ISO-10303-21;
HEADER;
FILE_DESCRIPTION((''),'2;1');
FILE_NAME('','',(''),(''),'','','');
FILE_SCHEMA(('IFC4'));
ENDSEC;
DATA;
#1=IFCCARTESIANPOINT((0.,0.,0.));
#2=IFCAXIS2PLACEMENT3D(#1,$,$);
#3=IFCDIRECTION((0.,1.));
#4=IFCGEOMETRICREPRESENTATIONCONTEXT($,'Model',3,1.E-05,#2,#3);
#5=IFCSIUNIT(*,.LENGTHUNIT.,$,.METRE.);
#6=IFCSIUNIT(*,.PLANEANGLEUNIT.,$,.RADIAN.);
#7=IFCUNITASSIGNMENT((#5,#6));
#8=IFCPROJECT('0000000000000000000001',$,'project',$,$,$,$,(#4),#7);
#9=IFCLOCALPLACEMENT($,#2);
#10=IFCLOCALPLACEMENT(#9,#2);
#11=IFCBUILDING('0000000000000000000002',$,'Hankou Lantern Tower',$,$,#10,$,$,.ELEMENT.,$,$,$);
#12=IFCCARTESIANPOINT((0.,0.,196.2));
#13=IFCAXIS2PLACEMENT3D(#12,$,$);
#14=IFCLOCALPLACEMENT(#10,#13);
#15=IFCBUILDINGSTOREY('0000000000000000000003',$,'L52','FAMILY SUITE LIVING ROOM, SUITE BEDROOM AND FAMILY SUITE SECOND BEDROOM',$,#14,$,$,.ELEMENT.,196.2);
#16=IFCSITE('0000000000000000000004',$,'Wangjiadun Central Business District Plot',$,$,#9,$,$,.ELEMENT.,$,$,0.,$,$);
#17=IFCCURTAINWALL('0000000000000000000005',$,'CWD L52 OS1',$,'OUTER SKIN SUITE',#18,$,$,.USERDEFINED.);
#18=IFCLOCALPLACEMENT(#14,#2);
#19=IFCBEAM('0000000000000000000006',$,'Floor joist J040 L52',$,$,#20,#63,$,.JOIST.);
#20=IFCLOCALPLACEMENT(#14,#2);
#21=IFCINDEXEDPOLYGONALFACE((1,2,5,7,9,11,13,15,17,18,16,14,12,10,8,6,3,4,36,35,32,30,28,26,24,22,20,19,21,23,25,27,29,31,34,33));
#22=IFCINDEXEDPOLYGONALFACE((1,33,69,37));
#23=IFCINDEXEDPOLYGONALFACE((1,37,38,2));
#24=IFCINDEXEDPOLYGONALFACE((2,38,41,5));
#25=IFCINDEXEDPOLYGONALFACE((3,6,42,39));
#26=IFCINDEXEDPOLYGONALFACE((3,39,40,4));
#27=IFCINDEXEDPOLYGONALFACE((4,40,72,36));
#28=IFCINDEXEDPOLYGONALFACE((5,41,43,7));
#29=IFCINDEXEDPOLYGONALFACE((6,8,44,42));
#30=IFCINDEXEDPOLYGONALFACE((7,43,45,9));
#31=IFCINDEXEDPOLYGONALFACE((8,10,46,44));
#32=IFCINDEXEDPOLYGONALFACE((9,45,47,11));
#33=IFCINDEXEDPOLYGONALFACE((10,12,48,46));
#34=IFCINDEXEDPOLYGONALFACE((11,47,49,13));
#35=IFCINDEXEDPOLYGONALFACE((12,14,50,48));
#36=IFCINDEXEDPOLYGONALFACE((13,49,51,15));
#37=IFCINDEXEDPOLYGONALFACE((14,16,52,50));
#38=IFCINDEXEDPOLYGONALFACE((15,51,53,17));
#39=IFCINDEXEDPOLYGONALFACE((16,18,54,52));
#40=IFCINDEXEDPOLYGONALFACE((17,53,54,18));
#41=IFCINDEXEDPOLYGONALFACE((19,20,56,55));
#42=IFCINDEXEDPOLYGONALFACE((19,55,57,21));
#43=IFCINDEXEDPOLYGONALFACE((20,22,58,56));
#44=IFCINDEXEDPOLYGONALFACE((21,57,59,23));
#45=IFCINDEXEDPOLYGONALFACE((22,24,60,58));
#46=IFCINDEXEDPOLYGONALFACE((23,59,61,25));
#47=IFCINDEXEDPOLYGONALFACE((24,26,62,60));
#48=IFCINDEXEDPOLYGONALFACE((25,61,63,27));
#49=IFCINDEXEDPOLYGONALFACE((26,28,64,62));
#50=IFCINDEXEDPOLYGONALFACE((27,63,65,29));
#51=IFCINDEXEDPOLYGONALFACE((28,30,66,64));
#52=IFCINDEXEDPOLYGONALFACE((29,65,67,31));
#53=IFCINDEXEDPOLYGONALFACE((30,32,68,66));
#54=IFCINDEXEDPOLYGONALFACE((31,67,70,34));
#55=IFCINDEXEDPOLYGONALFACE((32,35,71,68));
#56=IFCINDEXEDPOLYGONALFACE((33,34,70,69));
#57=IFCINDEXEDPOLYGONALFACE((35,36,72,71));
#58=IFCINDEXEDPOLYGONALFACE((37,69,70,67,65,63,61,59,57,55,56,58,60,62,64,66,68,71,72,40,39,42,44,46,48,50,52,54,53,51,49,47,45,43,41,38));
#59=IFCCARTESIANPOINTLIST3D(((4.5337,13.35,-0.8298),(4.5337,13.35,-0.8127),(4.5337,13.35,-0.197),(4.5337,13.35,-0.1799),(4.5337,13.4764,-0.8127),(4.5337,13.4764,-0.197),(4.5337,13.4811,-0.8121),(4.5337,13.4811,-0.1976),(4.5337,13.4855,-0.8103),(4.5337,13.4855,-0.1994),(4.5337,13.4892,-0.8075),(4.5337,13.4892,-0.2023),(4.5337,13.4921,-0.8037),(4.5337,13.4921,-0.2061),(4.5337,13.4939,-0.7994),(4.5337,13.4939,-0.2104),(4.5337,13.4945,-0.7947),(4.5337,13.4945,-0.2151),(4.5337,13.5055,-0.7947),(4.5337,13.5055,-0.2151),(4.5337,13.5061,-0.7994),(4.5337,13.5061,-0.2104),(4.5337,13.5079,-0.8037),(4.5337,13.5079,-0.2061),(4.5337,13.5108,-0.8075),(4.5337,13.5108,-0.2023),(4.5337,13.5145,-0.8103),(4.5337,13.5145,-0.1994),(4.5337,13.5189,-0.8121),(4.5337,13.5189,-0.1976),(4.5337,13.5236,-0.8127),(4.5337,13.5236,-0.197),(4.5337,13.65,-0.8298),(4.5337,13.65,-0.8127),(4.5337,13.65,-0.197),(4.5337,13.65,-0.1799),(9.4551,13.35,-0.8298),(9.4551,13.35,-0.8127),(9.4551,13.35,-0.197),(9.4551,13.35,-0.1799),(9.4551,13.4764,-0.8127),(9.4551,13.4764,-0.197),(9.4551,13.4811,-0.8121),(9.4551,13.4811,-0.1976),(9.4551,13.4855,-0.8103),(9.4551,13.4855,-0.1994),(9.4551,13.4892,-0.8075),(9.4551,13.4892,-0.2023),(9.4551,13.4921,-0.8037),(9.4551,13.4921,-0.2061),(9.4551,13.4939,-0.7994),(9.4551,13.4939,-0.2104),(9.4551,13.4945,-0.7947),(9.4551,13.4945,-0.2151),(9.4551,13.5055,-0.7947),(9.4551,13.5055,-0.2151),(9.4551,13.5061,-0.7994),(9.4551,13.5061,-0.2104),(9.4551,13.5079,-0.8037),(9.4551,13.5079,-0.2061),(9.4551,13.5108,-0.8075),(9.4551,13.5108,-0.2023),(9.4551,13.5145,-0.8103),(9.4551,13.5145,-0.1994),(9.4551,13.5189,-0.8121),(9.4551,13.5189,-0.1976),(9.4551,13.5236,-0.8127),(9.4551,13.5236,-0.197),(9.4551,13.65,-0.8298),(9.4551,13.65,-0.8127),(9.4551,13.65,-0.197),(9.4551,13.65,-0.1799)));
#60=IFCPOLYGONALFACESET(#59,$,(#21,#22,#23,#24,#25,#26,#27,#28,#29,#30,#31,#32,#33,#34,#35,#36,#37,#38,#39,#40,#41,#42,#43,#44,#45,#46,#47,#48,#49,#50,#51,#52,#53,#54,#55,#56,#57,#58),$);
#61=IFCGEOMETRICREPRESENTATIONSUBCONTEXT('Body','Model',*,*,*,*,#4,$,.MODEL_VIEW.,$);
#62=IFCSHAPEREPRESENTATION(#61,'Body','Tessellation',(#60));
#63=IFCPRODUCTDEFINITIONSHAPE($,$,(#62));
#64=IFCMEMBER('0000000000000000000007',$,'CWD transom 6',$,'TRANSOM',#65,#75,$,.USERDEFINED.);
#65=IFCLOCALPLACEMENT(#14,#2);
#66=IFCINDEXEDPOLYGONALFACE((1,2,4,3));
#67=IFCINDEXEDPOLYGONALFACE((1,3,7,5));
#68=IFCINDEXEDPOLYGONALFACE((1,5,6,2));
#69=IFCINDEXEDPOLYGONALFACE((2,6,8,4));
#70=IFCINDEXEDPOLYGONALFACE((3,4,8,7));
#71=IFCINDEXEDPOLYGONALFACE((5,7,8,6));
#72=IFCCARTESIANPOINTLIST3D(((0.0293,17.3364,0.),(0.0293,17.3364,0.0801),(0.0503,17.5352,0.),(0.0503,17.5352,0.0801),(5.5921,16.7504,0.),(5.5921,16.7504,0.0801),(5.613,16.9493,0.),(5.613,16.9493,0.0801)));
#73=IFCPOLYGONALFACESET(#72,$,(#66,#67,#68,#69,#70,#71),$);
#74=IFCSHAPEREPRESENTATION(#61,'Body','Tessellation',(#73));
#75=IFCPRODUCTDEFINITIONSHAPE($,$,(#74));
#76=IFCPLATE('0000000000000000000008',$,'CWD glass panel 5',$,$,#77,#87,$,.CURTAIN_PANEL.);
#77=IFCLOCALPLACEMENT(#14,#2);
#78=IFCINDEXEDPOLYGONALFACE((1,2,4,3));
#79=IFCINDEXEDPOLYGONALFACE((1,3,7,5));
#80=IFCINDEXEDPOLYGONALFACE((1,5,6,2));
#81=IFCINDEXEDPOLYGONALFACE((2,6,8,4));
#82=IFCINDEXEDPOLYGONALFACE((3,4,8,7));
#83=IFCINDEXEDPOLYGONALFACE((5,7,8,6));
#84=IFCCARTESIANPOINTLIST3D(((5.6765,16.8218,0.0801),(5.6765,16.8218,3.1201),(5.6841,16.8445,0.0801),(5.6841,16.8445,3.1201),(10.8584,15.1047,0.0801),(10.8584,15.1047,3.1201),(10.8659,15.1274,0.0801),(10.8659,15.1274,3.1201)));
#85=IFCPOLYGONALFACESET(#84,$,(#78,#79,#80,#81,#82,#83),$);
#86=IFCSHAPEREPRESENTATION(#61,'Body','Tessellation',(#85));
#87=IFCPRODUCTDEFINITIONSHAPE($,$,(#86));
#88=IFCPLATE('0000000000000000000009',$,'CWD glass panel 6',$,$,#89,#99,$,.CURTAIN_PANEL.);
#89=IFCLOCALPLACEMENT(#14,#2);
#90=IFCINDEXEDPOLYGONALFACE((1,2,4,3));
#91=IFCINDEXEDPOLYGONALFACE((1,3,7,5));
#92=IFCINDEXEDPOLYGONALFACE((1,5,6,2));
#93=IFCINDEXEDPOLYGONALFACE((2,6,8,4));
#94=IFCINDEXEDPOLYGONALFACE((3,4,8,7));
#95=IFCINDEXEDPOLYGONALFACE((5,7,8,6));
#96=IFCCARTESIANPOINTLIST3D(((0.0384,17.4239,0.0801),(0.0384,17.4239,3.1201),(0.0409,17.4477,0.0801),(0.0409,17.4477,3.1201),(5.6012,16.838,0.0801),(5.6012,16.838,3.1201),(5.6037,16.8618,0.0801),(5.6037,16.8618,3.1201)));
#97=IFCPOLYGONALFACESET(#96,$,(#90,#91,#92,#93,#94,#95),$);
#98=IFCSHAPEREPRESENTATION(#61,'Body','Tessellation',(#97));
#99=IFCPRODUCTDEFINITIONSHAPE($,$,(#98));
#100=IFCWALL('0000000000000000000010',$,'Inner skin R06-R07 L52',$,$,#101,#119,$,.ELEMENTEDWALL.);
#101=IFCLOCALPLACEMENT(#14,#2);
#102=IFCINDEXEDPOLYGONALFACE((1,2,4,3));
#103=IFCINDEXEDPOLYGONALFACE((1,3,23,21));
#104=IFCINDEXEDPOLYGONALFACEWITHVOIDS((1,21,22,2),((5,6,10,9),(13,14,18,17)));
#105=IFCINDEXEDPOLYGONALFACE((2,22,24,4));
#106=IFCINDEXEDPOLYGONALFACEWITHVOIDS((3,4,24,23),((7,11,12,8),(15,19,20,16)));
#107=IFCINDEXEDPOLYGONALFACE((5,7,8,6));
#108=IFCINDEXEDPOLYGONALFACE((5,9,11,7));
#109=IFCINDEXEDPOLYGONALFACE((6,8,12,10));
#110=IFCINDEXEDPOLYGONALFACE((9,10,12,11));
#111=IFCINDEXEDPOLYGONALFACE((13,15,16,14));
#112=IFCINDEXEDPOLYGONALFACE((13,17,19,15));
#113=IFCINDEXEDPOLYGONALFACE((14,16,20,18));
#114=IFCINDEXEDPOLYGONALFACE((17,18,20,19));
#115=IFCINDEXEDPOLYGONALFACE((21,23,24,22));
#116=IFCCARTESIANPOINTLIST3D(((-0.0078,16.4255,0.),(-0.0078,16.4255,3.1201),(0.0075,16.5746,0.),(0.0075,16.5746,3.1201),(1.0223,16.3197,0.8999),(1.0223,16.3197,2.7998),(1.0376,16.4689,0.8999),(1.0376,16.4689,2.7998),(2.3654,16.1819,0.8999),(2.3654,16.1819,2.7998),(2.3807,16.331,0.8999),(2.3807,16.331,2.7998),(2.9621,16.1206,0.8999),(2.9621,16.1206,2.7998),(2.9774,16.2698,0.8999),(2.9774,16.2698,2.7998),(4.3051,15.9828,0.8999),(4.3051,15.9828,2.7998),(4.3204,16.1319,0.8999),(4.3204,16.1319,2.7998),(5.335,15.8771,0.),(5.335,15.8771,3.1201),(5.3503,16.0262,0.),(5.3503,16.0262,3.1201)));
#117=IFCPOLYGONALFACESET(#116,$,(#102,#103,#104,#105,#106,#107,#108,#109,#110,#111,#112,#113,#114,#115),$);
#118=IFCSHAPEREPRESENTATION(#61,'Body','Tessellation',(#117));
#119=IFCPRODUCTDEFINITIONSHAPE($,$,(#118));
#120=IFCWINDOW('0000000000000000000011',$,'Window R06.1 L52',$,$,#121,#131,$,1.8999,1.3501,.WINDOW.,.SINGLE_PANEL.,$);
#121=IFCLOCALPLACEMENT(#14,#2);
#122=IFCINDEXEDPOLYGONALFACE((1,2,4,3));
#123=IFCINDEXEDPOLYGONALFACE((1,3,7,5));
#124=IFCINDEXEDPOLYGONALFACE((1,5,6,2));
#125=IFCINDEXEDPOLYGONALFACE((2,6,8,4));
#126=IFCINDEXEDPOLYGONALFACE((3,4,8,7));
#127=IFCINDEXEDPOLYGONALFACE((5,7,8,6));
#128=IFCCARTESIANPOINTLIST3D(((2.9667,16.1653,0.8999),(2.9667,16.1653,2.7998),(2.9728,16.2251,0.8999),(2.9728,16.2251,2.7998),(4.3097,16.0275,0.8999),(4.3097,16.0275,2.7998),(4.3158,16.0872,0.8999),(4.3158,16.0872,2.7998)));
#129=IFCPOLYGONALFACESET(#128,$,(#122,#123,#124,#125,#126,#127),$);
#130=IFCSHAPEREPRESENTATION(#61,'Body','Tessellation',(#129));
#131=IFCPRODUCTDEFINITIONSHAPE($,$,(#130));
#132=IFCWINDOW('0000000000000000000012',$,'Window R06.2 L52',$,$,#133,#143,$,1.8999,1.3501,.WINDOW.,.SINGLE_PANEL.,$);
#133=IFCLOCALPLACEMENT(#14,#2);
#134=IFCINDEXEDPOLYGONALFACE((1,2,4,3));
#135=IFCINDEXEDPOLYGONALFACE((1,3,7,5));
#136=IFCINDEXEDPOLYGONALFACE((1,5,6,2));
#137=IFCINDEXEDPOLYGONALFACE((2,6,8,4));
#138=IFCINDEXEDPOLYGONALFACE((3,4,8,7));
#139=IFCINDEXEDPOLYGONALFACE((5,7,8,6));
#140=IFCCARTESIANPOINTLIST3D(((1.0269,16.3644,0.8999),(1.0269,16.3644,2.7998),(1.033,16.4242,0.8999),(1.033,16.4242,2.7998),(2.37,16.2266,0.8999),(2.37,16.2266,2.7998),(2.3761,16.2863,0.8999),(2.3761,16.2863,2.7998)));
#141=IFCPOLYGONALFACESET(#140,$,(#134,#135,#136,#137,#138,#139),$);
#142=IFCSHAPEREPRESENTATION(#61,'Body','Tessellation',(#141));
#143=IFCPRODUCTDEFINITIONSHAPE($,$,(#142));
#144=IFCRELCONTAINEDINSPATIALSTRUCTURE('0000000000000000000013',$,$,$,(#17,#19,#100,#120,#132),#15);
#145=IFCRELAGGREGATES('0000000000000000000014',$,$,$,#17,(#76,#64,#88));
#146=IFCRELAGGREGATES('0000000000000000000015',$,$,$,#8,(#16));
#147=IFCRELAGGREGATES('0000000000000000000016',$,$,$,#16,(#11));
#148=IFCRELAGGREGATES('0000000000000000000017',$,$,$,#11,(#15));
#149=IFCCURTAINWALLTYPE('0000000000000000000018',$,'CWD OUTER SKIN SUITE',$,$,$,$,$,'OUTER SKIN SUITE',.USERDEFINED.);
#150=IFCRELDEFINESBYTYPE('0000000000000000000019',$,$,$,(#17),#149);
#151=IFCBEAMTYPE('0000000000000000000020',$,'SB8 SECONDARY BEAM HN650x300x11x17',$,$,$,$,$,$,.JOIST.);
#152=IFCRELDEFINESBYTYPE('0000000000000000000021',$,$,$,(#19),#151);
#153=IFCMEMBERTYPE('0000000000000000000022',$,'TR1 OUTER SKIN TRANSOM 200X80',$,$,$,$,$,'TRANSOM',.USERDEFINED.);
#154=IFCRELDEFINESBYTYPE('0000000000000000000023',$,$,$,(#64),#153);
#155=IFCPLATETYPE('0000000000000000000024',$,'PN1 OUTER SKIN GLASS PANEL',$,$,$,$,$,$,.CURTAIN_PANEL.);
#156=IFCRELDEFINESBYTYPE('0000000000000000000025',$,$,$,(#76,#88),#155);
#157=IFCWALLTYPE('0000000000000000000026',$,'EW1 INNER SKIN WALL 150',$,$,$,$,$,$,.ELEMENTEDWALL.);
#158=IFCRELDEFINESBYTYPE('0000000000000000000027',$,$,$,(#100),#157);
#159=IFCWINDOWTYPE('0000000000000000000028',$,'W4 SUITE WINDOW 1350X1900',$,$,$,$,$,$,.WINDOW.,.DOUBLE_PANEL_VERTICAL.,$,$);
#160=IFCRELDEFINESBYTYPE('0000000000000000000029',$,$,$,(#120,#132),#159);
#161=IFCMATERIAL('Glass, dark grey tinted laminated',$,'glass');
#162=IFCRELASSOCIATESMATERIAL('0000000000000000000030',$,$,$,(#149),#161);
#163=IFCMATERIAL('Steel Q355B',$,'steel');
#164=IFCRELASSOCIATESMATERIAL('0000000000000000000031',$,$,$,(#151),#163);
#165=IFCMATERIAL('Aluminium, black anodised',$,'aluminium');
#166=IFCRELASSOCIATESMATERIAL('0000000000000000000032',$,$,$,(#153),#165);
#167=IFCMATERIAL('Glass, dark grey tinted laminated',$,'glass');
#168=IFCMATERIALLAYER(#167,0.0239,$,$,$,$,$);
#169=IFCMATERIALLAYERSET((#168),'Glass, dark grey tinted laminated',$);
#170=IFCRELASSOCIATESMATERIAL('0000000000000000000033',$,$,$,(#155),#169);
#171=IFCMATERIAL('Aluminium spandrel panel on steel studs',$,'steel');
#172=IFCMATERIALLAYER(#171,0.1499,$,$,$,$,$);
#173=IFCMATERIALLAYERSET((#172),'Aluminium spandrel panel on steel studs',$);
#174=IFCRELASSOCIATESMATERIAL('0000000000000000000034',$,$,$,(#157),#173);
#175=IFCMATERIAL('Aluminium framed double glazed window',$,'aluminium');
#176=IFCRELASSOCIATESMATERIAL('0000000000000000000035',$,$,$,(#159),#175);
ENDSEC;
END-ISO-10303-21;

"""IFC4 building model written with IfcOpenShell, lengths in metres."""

from ifc_helpers import new_model, si_unit, direction, frame, frame_2d, origin, origin_2d, place, context, subcontext, project, spatial, rectangle, i_section, extrude, material, layer, layer_set, material_profile, profile_set, type_object, element, fill, aggregate, save


model = new_model("IFC4")

# Units and contexts
model_context = context("Model", 3, precision=1e-05, world=origin(), true_north=direction((0.0, 1.0)))
body_context = subcontext(model_context, "Body", "Model", "MODEL_VIEW")
ifc_project = project(units=[si_unit("LENGTHUNIT", "METRE"), si_unit("PLANEANGLEUNIT", "RADIAN")], contexts=[model_context])

# Site, building, storey
site_placement = place(None, origin())
site = spatial("IfcSite", under=ifc_project, at=site_placement, Name="Wangjiadun Central Business District Plot", CompositionType="ELEMENT", RefElevation=0.0)
building_placement = place(site_placement, origin())
building = spatial("IfcBuilding", under=site, at=building_placement, Name="Hankou Lantern Tower", CompositionType="ELEMENT")
storey_placement = place(building_placement, frame((0.0, 0.0, 196.2)))
storey = spatial("IfcBuildingStorey", under=building, at=storey_placement, Name="L52", Description="FAMILY SUITE LIVING ROOM, SUITE BEDROOM AND FAMILY SUITE SECOND BEDROOM", CompositionType="ELEMENT", Elevation=196.2)

# Curtain wall
ifc_material_1 = material(Name="Glass, dark grey tinted laminated", Category="glass")
curtain_wall_type = type_object("IfcCurtainWallType", Name="CWD OUTER SKIN SUITE", ElementType="OUTER SKIN SUITE", PredefinedType="USERDEFINED", material=ifc_material_1)
curtain_wall_1_placement = place(storey_placement, origin())
curtain_wall_1 = element("IfcCurtainWall", 1, at=curtain_wall_1_placement, inside=storey, type_object=curtain_wall_type, Name="CWD L52 OS1", ObjectType="OUTER SKIN SUITE", PredefinedType="USERDEFINED")

# Beam
ifc_material_2 = material(Name="Steel Q355B", Category="steel")
ifc_material_profile_1 = material_profile(ifc_material_2, i_section(OverallWidth=0.3, OverallDepth=0.6499, WebThickness=0.011, FlangeThickness=0.0171, FilletRadius=0.0181, at=origin_2d()), Name="HN650x300x11x17")
ifc_profile_set_1 = profile_set([ifc_material_profile_1], Name="Steel Q355B")
beam_type_1 = type_object("IfcBeamType", Name="SB8 SECONDARY BEAM HN650x300x11x17", PredefinedType="JOIST", material=ifc_profile_set_1)
beam_1_placement = place(storey_placement, frame((4.5337, 13.5, -0.5049), z_axis=(1.0, 0.0, 0.0), x_axis=(0.0, 1.0, 0.0)))
element("IfcBeam", 2, at=beam_1_placement, inside=storey, type_object=beam_type_1, Name="Floor joist J040 L52", PredefinedType="JOIST", context=body_context, shape_type="SweptSolid", body=[
    extrude(i_section(OverallWidth=0.3, OverallDepth=0.6499, WebThickness=0.011, FlangeThickness=0.0171, FilletRadius=0.0181, at=origin_2d()), origin(), (0.0, 0.0, 1.0), 4.9214),
])

# Member
ifc_material_3 = material(Name="Aluminium, black anodised", Category="aluminium")
ifc_material_profile_2 = material_profile(ifc_material_3, rectangle(XDim=0.2, YDim=0.0801, at=origin_2d()), Name="TR1 200X80")
ifc_profile_set_2 = profile_set([ifc_material_profile_2], Name="Aluminium, black anodised")
member_type_1 = type_object("IfcMemberType", Name="TR1 OUTER SKIN TRANSOM 200X80", ElementType="TRANSOM", PredefinedType="USERDEFINED", material=ifc_profile_set_2)
member_1_placement = place(storey_placement, frame((5.6025, 16.8499, 0.04), z_axis=(-0.994498, 0.104753, 0.0), x_axis=(-0.104753, -0.994498, 0.0)))
member_1 = element("IfcMember", 3, at=member_1_placement, type_object=member_type_1, Name="CWD transom 6", ObjectType="TRANSOM", PredefinedType="USERDEFINED", context=body_context, shape_type="SweptSolid", body=[
    extrude(rectangle(XDim=0.2, YDim=0.0801, at=origin_2d()), origin(), (0.0, 0.0, 1.0), 5.5935),
])

# Plates
ifc_material_4 = material(Name="Glass, dark grey tinted laminated", Category="glass")
ifc_layer_1 = layer(ifc_material_4, 0.0239)
ifc_layer_set_1 = layer_set([ifc_layer_1], Name="Glass, dark grey tinted laminated")
plate_type = type_object("IfcPlateType", Name="PN1 OUTER SKIN GLASS PANEL", PredefinedType="CURTAIN_PANEL", material=ifc_layer_set_1)
plate_1_placement = place(storey_placement, frame((8.2712, 15.9746, 0.0801), z_axis=(0.0, 0.0, 1.0), x_axis=(-0.949241, 0.314551, 0.0)))
plate_1 = element("IfcPlate", 4, at=plate_1_placement, type_object=plate_type, Name="CWD glass panel 5", PredefinedType="CURTAIN_PANEL", context=body_context, shape_type="SweptSolid", body=[
    extrude(rectangle(XDim=5.459, YDim=0.0239, at=origin_2d()), origin(), (0.0, 0.0, 1.0), 3.04),
])
plate_2_placement = place(storey_placement, frame((2.821, 17.1428, 0.0801), z_axis=(0.0, 0.0, 1.0), x_axis=(-0.994499, 0.104743, 0.0)))
plate_2 = element("IfcPlate", 5, at=plate_2_placement, type_object=plate_type, Name="CWD glass panel 6", PredefinedType="CURTAIN_PANEL", context=body_context, shape_type="SweptSolid", body=[
    extrude(rectangle(XDim=5.5935, YDim=0.0239, at=origin_2d()), origin(), (0.0, 0.0, 1.0), 3.04),
])
aggregate(curtain_wall_1, [plate_1, member_1, plate_2])

# Wall, openings, windows
ifc_material_5 = material(Name="Aluminium spandrel panel on steel studs", Category="steel")
ifc_layer_2 = layer(ifc_material_5, 0.1499)
ifc_layer_set_2 = layer_set([ifc_layer_2], Name="Aluminium spandrel panel on steel studs")
wall_type_1 = type_object("IfcWallType", Name="EW1 INNER SKIN WALL 150", PredefinedType="ELEMENTEDWALL", material=ifc_layer_set_2)
wall_1_placement = place(storey_placement, frame((5.3428, 15.9517, 0.0), z_axis=(0.0, 0.0, 1.0), x_axis=(-0.994775, 0.102096, 0.0)))
wall_1 = element("IfcWall", 6, at=wall_1_placement, inside=storey, type_object=wall_type_1, Name="Inner skin R06-R07 L52", PredefinedType="ELEMENTEDWALL", context=body_context, shape_type="SweptSolid", body=[
    extrude(rectangle(XDim=5.3708, YDim=0.1499, at=frame_2d((2.6855, 0.0))), origin(), (0.0, 0.0, 1.0), 3.1201),
])
opening_1_placement = place(wall_1_placement, frame((1.0354, 0.0, 0.8999)))
opening_1 = element("IfcOpeningElement", 7, at=opening_1_placement, cuts=wall_1, PredefinedType="OPENING", context=body_context, shape_type="SweptSolid", body=[
    extrude(rectangle(XDim=1.3501, YDim=1.8999, at=frame_2d((0.675, 0.95))), frame((0.0, 0.085, 0.0), z_axis=(0.0, -1.0, 0.0), x_axis=(1.0, 0.0, 0.0)), (0.0, 0.0, 1.0), 0.1699),
])
opening_2_placement = place(wall_1_placement, frame((2.9854, 0.0, 0.8999)))
opening_2 = element("IfcOpeningElement", 8, at=opening_2_placement, cuts=wall_1, PredefinedType="OPENING", context=body_context, shape_type="SweptSolid", body=[
    extrude(rectangle(XDim=1.3501, YDim=1.8999, at=frame_2d((0.675, 0.95))), frame((0.0, 0.085, 0.0), z_axis=(0.0, -1.0, 0.0), x_axis=(1.0, 0.0, 0.0)), (0.0, 0.0, 1.0), 0.1699),
])
ifc_material_6 = material(Name="Aluminium framed double glazed window", Category="aluminium")
window_type = type_object("IfcWindowType", Name="W4 SUITE WINDOW 1350X1900", PartitioningType="DOUBLE_PANEL_VERTICAL", PredefinedType="WINDOW", material=ifc_material_6)
window_1_placement = place(opening_1_placement, origin())
window_1 = element("IfcWindow", 9, at=window_1_placement, inside=storey, type_object=window_type, Name="Window R06.1 L52", OverallHeight=1.8999, OverallWidth=1.3501, PartitioningType="SINGLE_PANEL", PredefinedType="WINDOW", context=body_context, shape_type="SweptSolid", body=[
    extrude(rectangle(XDim=1.3501, YDim=1.8999, at=frame_2d((0.675, 0.95))), frame((0.0, 0.03, 0.0), z_axis=(0.0, -1.0, 0.0), x_axis=(1.0, 0.0, 0.0)), (0.0, 0.0, 1.0), 0.0601),
])
fill(opening_1, window_1)
window_2_placement = place(opening_2_placement, origin())
window_2 = element("IfcWindow", 10, at=window_2_placement, inside=storey, type_object=window_type, Name="Window R06.2 L52", OverallHeight=1.8999, OverallWidth=1.3501, PartitioningType="SINGLE_PANEL", PredefinedType="WINDOW", context=body_context, shape_type="SweptSolid", body=[
    extrude(rectangle(XDim=1.3501, YDim=1.8999, at=frame_2d((0.675, 0.95))), frame((0.0, 0.03, 0.0), z_axis=(0.0, -1.0, 0.0), x_axis=(1.0, 0.0, 0.0)), (0.0, 0.0, 1.0), 0.0601),
])
fill(opening_2, window_2)

save(model, "model.ifc")
